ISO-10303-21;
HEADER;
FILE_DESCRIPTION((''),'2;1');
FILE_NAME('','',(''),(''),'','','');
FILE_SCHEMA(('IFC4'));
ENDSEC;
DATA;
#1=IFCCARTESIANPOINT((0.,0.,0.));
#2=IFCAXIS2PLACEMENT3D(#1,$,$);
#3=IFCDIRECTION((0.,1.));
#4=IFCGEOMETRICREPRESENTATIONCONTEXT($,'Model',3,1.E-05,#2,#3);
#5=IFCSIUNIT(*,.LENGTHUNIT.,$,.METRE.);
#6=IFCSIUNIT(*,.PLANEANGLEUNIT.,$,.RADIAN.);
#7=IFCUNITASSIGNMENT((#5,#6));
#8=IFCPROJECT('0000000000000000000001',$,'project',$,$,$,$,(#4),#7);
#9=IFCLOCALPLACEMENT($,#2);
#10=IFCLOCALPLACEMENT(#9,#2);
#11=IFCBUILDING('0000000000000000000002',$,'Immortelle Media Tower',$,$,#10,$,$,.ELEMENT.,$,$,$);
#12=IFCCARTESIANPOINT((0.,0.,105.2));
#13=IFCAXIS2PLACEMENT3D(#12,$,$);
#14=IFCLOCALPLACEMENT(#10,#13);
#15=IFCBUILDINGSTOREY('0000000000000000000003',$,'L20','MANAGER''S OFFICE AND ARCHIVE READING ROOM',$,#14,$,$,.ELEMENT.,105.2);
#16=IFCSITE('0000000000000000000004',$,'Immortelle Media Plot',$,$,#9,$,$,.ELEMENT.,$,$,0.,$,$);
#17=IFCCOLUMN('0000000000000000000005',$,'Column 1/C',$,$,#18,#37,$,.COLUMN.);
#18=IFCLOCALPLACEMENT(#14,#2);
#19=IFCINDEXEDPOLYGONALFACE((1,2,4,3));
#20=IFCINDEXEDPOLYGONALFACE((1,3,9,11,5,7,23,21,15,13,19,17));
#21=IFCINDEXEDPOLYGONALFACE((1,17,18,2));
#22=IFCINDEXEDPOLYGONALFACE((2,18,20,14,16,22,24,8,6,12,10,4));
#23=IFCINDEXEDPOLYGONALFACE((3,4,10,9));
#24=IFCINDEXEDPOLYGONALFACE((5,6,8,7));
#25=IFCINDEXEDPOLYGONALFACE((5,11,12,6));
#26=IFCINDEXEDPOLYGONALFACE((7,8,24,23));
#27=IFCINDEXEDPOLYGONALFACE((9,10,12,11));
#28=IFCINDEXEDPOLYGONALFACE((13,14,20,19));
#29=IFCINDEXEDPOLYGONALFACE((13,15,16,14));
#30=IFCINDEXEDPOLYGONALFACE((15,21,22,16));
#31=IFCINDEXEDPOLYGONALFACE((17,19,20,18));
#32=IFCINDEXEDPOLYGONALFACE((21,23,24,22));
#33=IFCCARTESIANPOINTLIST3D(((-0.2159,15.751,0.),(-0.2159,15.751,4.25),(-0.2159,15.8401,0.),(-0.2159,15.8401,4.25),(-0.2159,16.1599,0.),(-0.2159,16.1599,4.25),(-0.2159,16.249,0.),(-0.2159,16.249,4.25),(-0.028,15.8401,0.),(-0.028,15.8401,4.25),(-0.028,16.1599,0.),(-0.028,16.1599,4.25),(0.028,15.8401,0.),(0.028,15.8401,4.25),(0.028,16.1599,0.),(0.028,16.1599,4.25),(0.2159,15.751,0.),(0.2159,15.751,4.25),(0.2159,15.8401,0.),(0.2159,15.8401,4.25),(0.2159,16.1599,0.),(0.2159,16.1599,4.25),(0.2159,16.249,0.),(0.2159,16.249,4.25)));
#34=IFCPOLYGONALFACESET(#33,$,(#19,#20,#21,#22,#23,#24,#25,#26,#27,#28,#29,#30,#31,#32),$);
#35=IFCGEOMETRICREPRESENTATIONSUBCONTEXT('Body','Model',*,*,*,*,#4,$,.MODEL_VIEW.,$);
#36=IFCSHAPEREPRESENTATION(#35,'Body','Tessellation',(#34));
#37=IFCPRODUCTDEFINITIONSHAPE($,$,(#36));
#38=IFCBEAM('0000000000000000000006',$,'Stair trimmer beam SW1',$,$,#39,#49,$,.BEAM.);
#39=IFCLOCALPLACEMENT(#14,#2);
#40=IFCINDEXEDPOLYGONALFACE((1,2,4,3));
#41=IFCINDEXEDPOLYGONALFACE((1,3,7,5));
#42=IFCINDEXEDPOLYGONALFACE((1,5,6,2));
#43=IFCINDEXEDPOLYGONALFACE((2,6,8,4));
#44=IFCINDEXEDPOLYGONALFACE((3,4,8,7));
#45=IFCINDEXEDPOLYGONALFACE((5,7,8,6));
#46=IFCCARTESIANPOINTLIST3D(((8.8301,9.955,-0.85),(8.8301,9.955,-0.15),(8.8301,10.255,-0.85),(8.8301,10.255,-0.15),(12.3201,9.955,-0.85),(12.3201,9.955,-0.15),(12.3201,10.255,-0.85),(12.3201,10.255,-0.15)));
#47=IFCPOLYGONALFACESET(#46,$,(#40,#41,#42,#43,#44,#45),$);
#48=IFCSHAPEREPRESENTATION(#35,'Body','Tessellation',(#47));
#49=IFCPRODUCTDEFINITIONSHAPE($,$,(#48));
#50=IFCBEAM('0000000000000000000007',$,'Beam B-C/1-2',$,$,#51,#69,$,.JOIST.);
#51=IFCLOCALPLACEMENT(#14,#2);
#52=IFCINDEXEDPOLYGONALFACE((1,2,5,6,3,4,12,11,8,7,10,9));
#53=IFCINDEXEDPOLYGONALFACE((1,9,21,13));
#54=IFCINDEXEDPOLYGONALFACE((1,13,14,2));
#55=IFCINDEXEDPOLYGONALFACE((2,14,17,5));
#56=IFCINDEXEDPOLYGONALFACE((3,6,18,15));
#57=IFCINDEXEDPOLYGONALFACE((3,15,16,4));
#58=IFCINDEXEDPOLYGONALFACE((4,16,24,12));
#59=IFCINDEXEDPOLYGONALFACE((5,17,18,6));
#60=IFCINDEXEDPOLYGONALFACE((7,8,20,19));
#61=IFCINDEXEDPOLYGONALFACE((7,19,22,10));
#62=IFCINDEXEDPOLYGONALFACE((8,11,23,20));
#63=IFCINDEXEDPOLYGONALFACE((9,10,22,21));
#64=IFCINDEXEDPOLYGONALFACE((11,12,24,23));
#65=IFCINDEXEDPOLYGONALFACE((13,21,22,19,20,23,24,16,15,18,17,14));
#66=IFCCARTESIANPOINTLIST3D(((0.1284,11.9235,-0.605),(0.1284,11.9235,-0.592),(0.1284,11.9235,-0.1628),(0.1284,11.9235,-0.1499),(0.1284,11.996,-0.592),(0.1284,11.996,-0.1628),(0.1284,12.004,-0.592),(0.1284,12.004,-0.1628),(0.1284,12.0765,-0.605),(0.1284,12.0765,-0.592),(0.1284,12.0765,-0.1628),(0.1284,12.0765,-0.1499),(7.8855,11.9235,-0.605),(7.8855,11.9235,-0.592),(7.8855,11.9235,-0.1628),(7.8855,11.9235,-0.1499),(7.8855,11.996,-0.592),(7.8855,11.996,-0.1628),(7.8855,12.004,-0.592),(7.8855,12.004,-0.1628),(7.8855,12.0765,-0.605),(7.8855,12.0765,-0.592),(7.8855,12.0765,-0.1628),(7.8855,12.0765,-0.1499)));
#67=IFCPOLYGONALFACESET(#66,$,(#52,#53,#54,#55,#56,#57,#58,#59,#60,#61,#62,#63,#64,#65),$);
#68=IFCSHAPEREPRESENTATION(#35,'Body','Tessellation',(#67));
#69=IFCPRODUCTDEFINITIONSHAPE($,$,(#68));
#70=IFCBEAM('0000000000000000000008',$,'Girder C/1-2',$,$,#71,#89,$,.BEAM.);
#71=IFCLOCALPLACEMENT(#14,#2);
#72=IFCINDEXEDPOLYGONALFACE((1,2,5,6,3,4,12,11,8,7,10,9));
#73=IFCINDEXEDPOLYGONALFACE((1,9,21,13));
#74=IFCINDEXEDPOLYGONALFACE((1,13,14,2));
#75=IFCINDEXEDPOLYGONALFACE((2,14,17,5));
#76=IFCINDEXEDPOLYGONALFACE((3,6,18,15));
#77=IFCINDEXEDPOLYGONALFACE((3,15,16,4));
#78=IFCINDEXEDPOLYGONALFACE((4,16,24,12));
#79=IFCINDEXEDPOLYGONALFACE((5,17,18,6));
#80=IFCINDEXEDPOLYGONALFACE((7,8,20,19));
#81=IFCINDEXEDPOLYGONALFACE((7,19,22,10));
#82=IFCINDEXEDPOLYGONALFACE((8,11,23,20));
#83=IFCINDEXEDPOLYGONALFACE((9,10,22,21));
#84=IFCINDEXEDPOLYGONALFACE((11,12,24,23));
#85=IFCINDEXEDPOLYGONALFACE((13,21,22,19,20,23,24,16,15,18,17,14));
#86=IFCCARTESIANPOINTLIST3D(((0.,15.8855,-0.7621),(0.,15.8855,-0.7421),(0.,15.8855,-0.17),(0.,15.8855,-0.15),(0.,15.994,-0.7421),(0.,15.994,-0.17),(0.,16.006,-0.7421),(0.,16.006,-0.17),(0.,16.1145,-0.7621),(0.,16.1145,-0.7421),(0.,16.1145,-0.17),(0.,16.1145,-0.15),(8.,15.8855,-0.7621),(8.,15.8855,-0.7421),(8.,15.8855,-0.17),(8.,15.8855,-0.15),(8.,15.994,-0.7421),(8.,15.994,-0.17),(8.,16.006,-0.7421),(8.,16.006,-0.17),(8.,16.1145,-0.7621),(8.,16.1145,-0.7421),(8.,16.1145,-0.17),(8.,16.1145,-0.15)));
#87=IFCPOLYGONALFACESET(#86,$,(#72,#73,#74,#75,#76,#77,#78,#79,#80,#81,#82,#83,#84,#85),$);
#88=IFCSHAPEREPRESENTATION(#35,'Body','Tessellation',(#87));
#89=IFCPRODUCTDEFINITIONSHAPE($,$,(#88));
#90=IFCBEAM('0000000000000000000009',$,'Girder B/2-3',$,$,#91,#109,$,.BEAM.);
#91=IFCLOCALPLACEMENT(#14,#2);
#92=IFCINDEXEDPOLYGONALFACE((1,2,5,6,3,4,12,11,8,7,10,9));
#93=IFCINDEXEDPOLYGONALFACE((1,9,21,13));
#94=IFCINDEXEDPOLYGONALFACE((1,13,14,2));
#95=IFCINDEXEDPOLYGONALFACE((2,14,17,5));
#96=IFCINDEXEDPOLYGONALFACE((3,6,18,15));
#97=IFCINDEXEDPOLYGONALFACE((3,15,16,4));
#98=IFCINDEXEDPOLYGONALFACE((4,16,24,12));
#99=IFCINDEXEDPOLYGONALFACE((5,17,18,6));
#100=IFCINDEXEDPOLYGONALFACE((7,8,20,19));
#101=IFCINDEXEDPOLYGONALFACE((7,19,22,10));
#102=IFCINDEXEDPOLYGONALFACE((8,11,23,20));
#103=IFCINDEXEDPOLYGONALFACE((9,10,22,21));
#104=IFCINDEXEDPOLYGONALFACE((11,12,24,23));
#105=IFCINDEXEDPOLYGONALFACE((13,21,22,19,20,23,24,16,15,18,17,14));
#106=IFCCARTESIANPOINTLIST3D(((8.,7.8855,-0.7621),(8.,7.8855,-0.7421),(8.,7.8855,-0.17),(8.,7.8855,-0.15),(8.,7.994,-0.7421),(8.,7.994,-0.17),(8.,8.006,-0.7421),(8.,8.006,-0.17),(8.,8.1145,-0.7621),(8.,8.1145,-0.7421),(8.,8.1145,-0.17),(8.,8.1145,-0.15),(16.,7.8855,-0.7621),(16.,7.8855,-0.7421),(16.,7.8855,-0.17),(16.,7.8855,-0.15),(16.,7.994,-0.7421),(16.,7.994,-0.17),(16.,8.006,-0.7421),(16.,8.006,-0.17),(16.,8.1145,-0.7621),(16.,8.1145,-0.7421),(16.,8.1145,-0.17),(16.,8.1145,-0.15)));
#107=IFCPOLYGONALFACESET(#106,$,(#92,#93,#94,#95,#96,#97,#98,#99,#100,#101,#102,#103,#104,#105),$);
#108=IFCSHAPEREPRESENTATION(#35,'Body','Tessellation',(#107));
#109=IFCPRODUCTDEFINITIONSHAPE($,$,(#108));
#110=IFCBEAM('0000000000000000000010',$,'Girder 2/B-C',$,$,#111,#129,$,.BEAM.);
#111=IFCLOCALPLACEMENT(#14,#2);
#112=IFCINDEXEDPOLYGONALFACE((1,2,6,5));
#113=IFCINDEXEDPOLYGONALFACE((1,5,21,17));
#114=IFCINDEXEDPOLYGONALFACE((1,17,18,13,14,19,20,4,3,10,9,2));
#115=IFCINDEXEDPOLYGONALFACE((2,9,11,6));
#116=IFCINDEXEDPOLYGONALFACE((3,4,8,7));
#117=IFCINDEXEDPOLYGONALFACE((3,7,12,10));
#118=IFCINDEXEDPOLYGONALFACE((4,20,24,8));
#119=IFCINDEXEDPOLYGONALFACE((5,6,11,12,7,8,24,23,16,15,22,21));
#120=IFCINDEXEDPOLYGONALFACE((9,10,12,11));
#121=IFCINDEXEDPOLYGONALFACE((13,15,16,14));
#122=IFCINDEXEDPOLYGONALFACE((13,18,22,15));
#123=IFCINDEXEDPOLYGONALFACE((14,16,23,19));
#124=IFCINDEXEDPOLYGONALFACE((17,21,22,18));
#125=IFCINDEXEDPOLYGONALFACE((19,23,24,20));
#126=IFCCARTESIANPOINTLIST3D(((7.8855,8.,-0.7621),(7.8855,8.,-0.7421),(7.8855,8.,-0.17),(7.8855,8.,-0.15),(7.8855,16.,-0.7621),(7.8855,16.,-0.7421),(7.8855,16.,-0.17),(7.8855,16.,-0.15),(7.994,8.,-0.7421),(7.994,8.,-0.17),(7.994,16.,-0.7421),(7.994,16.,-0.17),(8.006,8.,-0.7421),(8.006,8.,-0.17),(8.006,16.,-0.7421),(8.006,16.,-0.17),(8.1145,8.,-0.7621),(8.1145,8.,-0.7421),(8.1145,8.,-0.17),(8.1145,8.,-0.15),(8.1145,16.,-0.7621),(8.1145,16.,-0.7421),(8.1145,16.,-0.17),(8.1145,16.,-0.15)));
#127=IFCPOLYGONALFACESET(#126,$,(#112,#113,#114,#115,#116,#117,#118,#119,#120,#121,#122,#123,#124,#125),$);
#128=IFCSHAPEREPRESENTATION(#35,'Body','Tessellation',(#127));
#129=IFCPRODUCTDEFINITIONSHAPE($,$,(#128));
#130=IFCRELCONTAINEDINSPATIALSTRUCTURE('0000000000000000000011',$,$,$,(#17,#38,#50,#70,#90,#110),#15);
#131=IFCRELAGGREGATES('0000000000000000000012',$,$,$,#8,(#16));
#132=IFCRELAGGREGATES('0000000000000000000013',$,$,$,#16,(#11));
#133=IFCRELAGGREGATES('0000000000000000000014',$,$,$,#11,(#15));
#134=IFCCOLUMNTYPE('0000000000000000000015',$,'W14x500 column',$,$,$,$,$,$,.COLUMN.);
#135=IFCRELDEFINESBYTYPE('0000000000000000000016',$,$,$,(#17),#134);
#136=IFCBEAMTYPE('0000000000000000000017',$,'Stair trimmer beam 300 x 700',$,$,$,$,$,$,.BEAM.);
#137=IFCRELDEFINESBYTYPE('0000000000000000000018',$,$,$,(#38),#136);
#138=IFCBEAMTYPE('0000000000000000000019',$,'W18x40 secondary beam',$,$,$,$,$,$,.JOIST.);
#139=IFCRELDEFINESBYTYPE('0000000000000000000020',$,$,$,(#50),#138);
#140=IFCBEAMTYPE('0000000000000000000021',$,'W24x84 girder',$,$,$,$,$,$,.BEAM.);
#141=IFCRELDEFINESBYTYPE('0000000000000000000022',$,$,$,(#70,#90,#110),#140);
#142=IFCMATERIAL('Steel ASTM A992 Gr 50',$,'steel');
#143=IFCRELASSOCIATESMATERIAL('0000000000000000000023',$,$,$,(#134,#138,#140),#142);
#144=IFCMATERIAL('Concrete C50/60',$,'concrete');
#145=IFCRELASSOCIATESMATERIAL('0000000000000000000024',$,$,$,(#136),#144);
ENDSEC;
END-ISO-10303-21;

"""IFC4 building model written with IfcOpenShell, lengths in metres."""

from ifc_helpers import new_model, si_unit, direction, frame, origin, origin_2d, place, context, subcontext, project, spatial, rectangle, i_section, extrude, material, material_profile, profile_set, type_object, element, save


model = new_model("IFC4")

# Units and contexts
model_context = context("Model", 3, precision=1e-05, world=origin(), true_north=direction((0.0, 1.0)))
body_context = subcontext(model_context, "Body", "Model", "MODEL_VIEW")
ifc_project = project(units=[si_unit("LENGTHUNIT", "METRE"), si_unit("PLANEANGLEUNIT", "RADIAN")], contexts=[model_context])

# Site, building, storey
site_placement = place(None, origin())
site = spatial("IfcSite", under=ifc_project, at=site_placement, Name="Immortelle Media Plot", CompositionType="ELEMENT", RefElevation=0.0)
building_placement = place(site_placement, origin())
building = spatial("IfcBuilding", under=site, at=building_placement, Name="Immortelle Media Tower", CompositionType="ELEMENT")
storey_placement = place(building_placement, frame((0.0, 0.0, 105.2)))
storey = spatial("IfcBuildingStorey", under=building, at=storey_placement, Name="L20", Description="MANAGER'S OFFICE AND ARCHIVE READING ROOM", CompositionType="ELEMENT", Elevation=105.2)

# Column
ifc_material_1 = material(Name="Steel ASTM A992 Gr 50", Category="steel")
ifc_material_profile_1 = material_profile(ifc_material_1, i_section(OverallWidth=0.4319, OverallDepth=0.498, WebThickness=0.0559, FlangeThickness=0.0891, at=origin_2d()), Name="W14x500")
ifc_profile_set_1 = profile_set([ifc_material_profile_1], Name="Steel ASTM A992 Gr 50")
column_type = type_object("IfcColumnType", Name="W14x500 column", PredefinedType="COLUMN", material=ifc_profile_set_1)
column_placement = place(storey_placement, frame((0.0, 16.0, 0.0), z_axis=(0.0, 0.0, 1.0), x_axis=(1.0, 0.0, 0.0)))
element("IfcColumn", 1, at=column_placement, inside=storey, type_object=column_type, Name="Column 1/C", PredefinedType="COLUMN", context=body_context, shape_type="SweptSolid", body=[
    extrude(i_section(OverallWidth=0.4319, OverallDepth=0.498, WebThickness=0.0559, FlangeThickness=0.0891, at=origin_2d()), origin(), (0.0, 0.0, 1.0), 4.25),
])

# Beams
ifc_material_2 = material(Name="Concrete C50/60", Category="concrete")
ifc_material_profile_2 = material_profile(ifc_material_2, rectangle(XDim=0.3, YDim=0.7, at=origin_2d()), Name="RC 300x700")
ifc_profile_set_2 = profile_set([ifc_material_profile_2], Name="Concrete C50/60")
beam_type_1 = type_object("IfcBeamType", Name="Stair trimmer beam 300 x 700", PredefinedType="BEAM", material=ifc_profile_set_2)
beam_1_placement = place(storey_placement, frame((8.8301, 10.105, -0.5), z_axis=(1.0, 0.0, 0.0), x_axis=(0.0, 1.0, 0.0)))
element("IfcBeam", 2, at=beam_1_placement, inside=storey, type_object=beam_type_1, Name="Stair trimmer beam SW1", PredefinedType="BEAM", context=body_context, shape_type="SweptSolid", body=[
    extrude(rectangle(XDim=0.3, YDim=0.7, at=origin_2d()), origin(), (0.0, 0.0, 1.0), 3.49),
])
ifc_material_profile_3 = material_profile(ifc_material_1, i_section(OverallWidth=0.1531, OverallDepth=0.4551, WebThickness=0.0081, FlangeThickness=0.0129, at=origin_2d()), Name="W18x40")
ifc_profile_set_3 = profile_set([ifc_material_profile_3], Name="Steel ASTM A992 Gr 50")
beam_type_2 = type_object("IfcBeamType", Name="W18x40 secondary beam", PredefinedType="JOIST", material=ifc_profile_set_3)
beam_2_placement = place(storey_placement, frame((0.1284, 12.0, -0.3774), z_axis=(1.0, 0.0, 0.0), x_axis=(0.0, 1.0, 0.0)))
element("IfcBeam", 3, at=beam_2_placement, inside=storey, type_object=beam_type_2, Name="Beam B-C/1-2", PredefinedType="JOIST", context=body_context, shape_type="SweptSolid", body=[
    extrude(i_section(OverallWidth=0.1531, OverallDepth=0.4551, WebThickness=0.0081, FlangeThickness=0.0129, at=origin_2d()), origin(), (0.0, 0.0, 1.0), 7.7571),
])
ifc_material_profile_4 = material_profile(ifc_material_1, i_section(OverallWidth=0.229, OverallDepth=0.6121, WebThickness=0.012, FlangeThickness=0.02, at=origin_2d()), Name="W24x84")
ifc_profile_set_4 = profile_set([ifc_material_profile_4], Name="Steel ASTM A992 Gr 50")
beam_type_3 = type_object("IfcBeamType", Name="W24x84 girder", PredefinedType="BEAM", material=ifc_profile_set_4)
for number, where, z_axis, x_axis, name in (
    (4, (0.0, 16.0, -0.4561), (1.0, 0.0, 0.0), (0.0, 1.0, 0.0), "Girder C/1-2"),
    (5, (8.0, 8.0, -0.4561), (1.0, 0.0, 0.0), (0.0, 1.0, 0.0), "Girder B/2-3"),
    (6, (8.0, 8.0, -0.4561), (0.0, 1.0, 0.0), (-1.0, 0.0, 0.0), "Girder 2/B-C"),
):
    element("IfcBeam", number, at=place(storey_placement, frame(where, z_axis=z_axis, x_axis=x_axis)), inside=storey, type_object=beam_type_3, Name=name, PredefinedType="BEAM", context=body_context, shape_type="SweptSolid", body=[
        extrude(i_section(OverallWidth=0.229, OverallDepth=0.6121, WebThickness=0.012, FlangeThickness=0.02, at=origin_2d()), origin(), (0.0, 0.0, 1.0), 8.0),
    ])

save(model, "model.ifc")
